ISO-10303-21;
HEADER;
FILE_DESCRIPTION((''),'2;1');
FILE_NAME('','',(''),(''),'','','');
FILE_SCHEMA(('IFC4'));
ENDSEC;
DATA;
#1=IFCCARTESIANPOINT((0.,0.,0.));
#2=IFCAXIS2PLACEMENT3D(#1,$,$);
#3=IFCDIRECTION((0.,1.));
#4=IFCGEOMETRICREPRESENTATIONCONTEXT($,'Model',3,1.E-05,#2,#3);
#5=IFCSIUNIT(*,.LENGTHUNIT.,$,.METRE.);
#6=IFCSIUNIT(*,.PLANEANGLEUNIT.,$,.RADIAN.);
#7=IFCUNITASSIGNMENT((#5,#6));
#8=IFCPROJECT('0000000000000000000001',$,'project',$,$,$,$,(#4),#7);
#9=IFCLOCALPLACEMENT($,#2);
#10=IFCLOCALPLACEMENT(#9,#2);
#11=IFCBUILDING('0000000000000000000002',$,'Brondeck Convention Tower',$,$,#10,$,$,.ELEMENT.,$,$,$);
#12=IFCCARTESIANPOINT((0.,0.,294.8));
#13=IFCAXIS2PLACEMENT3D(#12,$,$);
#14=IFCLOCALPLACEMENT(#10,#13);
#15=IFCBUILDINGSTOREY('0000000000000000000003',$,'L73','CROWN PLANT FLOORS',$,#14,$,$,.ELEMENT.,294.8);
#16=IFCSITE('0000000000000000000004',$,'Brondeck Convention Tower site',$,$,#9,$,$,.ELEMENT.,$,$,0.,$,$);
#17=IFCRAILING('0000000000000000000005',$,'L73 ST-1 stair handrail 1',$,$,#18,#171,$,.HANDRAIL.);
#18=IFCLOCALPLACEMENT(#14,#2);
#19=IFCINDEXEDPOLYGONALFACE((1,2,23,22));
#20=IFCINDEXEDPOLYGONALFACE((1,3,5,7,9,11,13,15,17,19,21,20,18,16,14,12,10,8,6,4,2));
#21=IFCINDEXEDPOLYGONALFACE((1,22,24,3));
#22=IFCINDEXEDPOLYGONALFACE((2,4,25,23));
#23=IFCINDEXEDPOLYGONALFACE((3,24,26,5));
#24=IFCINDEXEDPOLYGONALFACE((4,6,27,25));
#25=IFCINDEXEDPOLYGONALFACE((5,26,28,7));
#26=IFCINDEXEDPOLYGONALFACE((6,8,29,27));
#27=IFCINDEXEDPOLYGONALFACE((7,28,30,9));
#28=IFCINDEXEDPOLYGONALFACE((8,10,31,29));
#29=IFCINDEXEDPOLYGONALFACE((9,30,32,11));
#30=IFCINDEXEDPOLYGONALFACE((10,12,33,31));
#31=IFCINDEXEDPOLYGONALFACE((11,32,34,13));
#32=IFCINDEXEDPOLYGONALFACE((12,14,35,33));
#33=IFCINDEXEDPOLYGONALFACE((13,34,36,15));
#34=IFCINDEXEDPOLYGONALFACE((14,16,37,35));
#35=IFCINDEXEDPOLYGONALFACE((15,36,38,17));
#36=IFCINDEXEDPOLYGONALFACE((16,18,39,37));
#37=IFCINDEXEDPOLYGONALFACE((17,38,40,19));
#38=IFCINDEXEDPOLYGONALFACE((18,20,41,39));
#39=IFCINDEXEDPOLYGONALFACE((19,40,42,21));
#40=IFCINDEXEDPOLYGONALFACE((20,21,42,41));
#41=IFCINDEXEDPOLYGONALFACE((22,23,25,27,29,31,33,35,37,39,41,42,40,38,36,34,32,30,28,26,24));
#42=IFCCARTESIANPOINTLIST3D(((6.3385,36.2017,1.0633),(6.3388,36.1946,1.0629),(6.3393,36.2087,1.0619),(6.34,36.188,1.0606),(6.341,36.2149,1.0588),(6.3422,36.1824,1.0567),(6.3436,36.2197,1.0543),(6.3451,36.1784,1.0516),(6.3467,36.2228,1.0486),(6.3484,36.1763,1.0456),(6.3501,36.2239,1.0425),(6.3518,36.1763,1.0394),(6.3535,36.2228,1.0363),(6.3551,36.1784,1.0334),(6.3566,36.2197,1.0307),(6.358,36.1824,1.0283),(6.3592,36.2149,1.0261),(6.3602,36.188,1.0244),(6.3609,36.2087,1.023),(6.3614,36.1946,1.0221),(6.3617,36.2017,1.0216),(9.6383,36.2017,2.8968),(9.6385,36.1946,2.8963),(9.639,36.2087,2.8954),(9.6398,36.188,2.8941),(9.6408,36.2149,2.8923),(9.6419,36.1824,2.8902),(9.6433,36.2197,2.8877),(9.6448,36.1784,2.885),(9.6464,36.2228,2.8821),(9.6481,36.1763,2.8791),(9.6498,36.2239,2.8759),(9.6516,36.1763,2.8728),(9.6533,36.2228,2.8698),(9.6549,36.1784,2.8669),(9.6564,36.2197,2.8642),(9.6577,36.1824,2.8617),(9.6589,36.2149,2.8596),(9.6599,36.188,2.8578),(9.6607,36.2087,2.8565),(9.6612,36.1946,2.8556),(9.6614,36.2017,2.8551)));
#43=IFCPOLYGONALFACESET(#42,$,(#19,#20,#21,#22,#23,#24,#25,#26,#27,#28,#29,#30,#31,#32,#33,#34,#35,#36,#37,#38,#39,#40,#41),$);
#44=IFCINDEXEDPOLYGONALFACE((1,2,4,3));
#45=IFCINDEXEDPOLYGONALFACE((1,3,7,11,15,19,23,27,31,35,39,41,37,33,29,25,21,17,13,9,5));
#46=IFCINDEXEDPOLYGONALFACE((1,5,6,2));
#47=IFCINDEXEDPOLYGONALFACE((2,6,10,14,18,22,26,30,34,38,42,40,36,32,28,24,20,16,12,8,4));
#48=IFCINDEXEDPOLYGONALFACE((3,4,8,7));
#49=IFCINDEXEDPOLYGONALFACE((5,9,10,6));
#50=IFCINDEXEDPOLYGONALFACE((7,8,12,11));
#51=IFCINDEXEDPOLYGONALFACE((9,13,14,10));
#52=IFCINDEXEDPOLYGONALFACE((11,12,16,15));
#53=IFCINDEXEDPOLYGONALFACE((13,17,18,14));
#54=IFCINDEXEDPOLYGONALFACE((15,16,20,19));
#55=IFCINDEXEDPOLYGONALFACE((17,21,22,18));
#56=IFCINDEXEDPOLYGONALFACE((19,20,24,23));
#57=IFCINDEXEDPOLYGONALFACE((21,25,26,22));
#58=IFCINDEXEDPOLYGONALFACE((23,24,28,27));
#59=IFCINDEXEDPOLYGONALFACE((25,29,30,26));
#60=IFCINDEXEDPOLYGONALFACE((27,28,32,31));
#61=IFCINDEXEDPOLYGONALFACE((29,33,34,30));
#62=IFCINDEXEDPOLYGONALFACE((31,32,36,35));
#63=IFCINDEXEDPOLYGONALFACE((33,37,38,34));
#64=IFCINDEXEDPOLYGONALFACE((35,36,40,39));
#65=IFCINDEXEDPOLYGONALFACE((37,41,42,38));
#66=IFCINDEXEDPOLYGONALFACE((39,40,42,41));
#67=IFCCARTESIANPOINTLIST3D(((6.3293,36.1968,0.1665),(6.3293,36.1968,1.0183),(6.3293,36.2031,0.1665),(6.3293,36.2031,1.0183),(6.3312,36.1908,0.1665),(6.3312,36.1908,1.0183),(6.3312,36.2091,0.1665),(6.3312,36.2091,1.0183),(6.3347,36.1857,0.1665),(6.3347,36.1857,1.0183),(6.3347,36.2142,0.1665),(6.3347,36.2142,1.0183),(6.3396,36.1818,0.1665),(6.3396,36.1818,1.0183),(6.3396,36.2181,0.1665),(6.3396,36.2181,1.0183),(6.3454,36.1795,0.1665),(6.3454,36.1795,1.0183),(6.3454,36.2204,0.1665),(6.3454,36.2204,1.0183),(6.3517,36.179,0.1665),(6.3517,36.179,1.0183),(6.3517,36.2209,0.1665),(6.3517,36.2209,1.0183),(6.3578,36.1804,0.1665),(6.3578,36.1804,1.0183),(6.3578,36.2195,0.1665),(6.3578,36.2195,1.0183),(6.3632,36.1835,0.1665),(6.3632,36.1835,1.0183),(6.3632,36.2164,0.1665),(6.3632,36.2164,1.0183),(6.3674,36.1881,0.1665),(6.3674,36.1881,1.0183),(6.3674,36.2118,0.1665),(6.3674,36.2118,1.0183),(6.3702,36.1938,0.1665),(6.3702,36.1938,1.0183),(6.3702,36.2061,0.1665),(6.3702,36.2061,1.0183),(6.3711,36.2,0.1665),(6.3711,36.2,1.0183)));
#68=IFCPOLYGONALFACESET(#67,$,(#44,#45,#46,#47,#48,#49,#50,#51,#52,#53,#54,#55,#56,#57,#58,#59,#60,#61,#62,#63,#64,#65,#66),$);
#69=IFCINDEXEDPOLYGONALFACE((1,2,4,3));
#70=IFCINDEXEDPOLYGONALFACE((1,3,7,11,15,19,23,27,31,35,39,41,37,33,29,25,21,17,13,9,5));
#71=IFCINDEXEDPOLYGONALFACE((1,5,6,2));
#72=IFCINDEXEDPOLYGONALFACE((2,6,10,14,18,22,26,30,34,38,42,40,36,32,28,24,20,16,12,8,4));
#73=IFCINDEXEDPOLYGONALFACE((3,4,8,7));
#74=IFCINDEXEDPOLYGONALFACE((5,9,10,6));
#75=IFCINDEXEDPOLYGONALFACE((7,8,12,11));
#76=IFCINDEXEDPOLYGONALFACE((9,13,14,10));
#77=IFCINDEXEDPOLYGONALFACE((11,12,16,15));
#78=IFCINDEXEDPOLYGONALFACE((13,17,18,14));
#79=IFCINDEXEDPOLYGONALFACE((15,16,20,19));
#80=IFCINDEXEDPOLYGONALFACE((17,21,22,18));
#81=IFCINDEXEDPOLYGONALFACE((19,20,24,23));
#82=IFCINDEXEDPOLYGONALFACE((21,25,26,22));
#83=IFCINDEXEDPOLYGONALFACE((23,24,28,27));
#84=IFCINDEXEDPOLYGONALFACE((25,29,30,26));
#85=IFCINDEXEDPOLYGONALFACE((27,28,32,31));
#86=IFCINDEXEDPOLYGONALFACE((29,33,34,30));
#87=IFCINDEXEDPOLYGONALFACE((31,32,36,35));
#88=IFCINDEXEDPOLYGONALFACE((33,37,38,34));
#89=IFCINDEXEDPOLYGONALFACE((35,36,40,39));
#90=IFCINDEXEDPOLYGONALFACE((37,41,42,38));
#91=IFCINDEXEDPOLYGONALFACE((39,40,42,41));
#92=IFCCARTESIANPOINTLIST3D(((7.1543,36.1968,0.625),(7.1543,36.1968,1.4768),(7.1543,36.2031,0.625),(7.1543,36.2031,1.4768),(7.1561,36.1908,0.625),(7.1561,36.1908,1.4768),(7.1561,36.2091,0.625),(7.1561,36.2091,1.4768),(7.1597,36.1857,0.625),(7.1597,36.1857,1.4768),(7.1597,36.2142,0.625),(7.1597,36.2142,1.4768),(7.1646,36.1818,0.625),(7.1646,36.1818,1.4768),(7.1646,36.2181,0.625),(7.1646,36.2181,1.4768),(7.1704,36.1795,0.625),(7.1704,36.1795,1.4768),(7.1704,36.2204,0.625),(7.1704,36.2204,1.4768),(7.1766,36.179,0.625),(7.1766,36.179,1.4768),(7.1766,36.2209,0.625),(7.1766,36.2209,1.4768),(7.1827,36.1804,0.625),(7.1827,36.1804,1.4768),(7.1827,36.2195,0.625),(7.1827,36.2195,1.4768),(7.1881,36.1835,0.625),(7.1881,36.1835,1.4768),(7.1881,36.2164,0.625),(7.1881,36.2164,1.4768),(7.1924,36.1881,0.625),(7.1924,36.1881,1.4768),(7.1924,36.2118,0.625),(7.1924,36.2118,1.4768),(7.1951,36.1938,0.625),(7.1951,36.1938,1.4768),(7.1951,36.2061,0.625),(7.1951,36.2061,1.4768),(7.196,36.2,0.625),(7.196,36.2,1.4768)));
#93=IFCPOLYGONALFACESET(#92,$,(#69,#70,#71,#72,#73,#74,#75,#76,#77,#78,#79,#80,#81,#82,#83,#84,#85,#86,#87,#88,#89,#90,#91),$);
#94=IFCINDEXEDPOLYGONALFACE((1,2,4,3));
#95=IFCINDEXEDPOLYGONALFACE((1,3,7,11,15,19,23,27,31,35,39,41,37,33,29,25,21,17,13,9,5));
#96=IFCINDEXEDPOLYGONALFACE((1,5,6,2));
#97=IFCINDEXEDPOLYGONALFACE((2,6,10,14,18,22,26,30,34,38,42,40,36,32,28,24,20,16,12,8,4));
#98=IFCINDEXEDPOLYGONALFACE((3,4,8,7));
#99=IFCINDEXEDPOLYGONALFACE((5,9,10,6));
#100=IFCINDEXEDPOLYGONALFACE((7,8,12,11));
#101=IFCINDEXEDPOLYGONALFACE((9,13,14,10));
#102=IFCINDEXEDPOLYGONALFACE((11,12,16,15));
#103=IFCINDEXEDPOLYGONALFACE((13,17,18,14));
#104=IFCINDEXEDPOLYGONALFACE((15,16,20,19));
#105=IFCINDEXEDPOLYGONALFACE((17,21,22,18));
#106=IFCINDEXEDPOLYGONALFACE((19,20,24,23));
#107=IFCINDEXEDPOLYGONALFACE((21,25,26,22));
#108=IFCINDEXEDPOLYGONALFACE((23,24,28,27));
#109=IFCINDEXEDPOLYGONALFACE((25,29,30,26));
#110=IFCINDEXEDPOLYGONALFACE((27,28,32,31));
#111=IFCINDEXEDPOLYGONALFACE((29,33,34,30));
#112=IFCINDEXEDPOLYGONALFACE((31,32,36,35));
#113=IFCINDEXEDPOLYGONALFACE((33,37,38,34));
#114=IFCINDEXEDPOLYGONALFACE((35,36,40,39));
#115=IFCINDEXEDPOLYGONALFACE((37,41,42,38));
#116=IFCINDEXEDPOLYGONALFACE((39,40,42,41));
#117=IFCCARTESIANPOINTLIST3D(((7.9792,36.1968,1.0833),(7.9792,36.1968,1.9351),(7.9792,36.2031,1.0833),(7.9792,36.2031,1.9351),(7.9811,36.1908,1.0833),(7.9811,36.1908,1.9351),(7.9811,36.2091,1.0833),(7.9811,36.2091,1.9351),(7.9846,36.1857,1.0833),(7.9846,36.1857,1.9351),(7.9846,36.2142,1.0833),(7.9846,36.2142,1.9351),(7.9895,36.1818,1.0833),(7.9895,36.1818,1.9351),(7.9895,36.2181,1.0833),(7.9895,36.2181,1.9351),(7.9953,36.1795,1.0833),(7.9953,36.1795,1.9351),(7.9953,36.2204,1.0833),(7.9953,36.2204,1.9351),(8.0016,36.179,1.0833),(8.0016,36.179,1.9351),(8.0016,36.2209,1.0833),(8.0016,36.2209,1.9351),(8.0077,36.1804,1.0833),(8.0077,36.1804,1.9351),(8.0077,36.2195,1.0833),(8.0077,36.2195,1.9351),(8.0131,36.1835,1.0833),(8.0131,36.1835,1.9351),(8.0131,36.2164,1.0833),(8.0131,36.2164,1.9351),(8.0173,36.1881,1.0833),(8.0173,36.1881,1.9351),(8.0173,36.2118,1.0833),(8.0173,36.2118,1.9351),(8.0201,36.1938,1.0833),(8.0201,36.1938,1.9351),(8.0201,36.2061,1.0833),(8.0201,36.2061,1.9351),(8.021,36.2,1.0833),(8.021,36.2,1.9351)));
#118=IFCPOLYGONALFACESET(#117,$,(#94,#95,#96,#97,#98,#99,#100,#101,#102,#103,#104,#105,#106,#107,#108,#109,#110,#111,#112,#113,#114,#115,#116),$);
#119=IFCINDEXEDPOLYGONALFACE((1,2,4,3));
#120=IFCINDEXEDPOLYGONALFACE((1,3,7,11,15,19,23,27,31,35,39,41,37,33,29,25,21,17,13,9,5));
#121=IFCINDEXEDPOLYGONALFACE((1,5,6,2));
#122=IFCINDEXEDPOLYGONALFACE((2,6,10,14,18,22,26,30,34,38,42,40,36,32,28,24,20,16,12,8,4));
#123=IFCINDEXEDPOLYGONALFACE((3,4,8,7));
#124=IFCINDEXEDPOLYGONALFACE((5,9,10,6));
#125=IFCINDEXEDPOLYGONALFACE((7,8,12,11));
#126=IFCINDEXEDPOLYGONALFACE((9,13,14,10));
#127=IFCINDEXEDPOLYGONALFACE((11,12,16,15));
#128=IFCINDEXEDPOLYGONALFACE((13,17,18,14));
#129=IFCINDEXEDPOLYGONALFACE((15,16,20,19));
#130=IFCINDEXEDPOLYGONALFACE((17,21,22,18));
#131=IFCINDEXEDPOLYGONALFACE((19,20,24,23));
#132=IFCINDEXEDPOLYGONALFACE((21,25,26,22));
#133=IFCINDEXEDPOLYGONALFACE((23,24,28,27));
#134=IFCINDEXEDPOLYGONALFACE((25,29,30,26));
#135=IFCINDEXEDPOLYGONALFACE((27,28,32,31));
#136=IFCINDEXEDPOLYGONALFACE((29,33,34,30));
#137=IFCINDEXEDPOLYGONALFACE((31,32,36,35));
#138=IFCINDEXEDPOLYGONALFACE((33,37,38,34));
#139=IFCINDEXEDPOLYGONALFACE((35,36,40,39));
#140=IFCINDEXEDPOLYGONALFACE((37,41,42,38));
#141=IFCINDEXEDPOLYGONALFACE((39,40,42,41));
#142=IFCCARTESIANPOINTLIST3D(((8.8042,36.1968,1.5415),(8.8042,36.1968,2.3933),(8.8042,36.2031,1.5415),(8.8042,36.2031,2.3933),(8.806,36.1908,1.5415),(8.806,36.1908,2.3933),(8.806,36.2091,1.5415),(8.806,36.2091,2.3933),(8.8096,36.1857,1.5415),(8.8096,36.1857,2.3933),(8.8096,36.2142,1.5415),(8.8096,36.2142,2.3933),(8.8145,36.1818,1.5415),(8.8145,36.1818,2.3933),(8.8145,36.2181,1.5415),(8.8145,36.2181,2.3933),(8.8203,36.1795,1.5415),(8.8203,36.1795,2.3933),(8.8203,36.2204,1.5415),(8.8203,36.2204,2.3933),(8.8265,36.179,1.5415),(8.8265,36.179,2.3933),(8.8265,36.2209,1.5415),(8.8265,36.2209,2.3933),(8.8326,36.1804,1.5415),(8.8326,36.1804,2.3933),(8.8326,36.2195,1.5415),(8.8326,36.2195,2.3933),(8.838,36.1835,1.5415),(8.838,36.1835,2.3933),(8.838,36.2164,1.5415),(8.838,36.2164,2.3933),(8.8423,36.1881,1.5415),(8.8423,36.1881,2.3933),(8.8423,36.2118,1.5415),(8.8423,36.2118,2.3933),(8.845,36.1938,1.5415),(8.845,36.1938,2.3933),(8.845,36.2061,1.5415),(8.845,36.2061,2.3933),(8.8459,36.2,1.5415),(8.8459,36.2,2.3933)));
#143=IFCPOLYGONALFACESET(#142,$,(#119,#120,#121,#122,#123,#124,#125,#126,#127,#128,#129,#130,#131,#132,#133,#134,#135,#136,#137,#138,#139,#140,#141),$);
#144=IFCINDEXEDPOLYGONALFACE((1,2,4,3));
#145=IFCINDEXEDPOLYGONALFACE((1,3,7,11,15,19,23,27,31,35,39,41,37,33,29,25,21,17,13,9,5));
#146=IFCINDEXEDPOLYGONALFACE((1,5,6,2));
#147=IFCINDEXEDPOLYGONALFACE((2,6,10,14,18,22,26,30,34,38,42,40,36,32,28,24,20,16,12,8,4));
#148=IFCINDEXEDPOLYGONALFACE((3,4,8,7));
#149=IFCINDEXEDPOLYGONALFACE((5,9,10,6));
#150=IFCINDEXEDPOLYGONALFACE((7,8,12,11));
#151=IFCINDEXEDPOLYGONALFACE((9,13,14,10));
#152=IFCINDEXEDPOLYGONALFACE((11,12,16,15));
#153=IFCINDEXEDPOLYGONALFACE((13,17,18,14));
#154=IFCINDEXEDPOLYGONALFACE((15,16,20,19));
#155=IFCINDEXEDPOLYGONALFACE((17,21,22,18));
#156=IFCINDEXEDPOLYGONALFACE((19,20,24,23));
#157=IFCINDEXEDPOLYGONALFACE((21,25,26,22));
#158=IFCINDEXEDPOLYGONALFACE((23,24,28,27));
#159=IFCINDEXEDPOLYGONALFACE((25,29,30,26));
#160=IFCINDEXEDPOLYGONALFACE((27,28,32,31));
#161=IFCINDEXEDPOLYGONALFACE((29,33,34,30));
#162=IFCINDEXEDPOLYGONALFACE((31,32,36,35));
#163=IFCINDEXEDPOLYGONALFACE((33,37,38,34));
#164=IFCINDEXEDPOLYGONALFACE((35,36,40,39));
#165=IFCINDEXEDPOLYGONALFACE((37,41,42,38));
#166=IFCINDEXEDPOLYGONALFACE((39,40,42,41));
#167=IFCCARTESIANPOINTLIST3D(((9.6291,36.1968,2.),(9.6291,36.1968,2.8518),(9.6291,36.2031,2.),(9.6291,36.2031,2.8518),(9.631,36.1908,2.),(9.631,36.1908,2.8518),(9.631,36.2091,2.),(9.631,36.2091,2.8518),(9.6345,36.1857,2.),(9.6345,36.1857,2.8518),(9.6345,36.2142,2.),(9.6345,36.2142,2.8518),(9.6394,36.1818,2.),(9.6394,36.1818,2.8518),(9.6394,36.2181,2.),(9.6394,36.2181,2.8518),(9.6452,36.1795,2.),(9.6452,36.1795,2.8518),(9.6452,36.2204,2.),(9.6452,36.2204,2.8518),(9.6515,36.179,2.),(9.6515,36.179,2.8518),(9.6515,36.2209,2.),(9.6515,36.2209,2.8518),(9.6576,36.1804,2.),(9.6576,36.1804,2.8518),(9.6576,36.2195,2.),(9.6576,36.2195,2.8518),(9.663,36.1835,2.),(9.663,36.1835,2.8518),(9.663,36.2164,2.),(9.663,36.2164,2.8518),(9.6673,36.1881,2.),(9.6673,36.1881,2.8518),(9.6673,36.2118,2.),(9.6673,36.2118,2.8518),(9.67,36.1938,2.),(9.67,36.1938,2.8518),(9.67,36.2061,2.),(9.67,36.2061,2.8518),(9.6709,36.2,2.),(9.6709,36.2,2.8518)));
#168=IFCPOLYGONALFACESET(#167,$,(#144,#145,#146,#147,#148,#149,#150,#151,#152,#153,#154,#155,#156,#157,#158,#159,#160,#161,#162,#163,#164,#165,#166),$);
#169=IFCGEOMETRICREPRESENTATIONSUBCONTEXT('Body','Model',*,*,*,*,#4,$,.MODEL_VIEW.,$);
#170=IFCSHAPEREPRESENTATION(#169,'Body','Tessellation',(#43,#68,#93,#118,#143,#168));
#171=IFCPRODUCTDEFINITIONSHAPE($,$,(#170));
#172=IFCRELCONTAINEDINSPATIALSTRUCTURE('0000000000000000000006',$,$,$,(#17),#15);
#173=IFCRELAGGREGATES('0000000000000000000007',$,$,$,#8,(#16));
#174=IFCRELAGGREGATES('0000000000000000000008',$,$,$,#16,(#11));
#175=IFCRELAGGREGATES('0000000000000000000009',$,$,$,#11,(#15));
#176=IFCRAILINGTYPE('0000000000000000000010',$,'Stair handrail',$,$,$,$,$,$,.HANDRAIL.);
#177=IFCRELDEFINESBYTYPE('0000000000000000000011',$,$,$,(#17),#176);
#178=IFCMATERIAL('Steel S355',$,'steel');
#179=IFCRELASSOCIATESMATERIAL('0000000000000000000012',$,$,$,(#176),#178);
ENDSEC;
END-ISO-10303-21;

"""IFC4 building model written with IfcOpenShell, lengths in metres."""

from ifc_helpers import new_model, si_unit, direction, frame, origin, origin_2d, place, context, subcontext, project, spatial, circle, extrude, material, type_object, element, save


model = new_model("IFC4")

# Units and contexts
model_context = context("Model", 3, precision=1e-05, world=origin(), true_north=direction((0.0, 1.0)))
body_context = subcontext(model_context, "Body", "Model", "MODEL_VIEW")
ifc_project = project(units=[si_unit("LENGTHUNIT", "METRE"), si_unit("PLANEANGLEUNIT", "RADIAN")], contexts=[model_context])

# Site, building, storey
site_placement = place(None, origin())
site = spatial("IfcSite", under=ifc_project, at=site_placement, Name="Brondeck Convention Tower site", CompositionType="ELEMENT", RefElevation=0.0)
building_placement = place(site_placement, origin())
building = spatial("IfcBuilding", under=site, at=building_placement, Name="Brondeck Convention Tower", CompositionType="ELEMENT")
storey_placement = place(building_placement, frame((0.0, 0.0, 294.8)))
storey = spatial("IfcBuildingStorey", under=building, at=storey_placement, Name="L73", Description="CROWN PLANT FLOORS", CompositionType="ELEMENT", Elevation=294.8)

# Railing
ifc_material_1 = material(Name="Steel S355", Category="steel")
railing_type_1 = type_object("IfcRailingType", Name="Stair handrail", PredefinedType="HANDRAIL", material=ifc_material_1)
railing_1_placement = place(storey_placement, frame((6.3501, 36.2, 0.1665)))
element("IfcRailing", 1, at=railing_1_placement, inside=storey, type_object=railing_type_1, Name="L73 ST-1 stair handrail 1", PredefinedType="HANDRAIL", context=body_context, shape_type="SweptSolid", body=[
    extrude(circle(Radius=0.0239, at=origin_2d()), frame((0.0, 0.0, 0.876), z_axis=(0.874127, 0.0, 0.485698), x_axis=(0.0, 1.0, 0.0)), (0.0, 0.0, 1.0), 3.7749),
    extrude(circle(Radius=0.021, at=origin_2d()), origin(), (0.0, 0.0, 1.0), 0.8518),
    extrude(circle(Radius=0.021, at=origin_2d()), frame((0.825, 0.0, 0.4585)), (0.0, 0.0, 1.0), 0.8518),
    extrude(circle(Radius=0.021, at=origin_2d()), frame((1.6499, 0.0, 0.9167)), (0.0, 0.0, 1.0), 0.8518),
    extrude(circle(Radius=0.021, at=origin_2d()), frame((2.4749, 0.0, 1.375)), (0.0, 0.0, 1.0), 0.8518),
    extrude(circle(Radius=0.021, at=origin_2d()), frame((3.2998, 0.0, 1.8335)), (0.0, 0.0, 1.0), 0.8518),
])

save(model, "model.ifc")
